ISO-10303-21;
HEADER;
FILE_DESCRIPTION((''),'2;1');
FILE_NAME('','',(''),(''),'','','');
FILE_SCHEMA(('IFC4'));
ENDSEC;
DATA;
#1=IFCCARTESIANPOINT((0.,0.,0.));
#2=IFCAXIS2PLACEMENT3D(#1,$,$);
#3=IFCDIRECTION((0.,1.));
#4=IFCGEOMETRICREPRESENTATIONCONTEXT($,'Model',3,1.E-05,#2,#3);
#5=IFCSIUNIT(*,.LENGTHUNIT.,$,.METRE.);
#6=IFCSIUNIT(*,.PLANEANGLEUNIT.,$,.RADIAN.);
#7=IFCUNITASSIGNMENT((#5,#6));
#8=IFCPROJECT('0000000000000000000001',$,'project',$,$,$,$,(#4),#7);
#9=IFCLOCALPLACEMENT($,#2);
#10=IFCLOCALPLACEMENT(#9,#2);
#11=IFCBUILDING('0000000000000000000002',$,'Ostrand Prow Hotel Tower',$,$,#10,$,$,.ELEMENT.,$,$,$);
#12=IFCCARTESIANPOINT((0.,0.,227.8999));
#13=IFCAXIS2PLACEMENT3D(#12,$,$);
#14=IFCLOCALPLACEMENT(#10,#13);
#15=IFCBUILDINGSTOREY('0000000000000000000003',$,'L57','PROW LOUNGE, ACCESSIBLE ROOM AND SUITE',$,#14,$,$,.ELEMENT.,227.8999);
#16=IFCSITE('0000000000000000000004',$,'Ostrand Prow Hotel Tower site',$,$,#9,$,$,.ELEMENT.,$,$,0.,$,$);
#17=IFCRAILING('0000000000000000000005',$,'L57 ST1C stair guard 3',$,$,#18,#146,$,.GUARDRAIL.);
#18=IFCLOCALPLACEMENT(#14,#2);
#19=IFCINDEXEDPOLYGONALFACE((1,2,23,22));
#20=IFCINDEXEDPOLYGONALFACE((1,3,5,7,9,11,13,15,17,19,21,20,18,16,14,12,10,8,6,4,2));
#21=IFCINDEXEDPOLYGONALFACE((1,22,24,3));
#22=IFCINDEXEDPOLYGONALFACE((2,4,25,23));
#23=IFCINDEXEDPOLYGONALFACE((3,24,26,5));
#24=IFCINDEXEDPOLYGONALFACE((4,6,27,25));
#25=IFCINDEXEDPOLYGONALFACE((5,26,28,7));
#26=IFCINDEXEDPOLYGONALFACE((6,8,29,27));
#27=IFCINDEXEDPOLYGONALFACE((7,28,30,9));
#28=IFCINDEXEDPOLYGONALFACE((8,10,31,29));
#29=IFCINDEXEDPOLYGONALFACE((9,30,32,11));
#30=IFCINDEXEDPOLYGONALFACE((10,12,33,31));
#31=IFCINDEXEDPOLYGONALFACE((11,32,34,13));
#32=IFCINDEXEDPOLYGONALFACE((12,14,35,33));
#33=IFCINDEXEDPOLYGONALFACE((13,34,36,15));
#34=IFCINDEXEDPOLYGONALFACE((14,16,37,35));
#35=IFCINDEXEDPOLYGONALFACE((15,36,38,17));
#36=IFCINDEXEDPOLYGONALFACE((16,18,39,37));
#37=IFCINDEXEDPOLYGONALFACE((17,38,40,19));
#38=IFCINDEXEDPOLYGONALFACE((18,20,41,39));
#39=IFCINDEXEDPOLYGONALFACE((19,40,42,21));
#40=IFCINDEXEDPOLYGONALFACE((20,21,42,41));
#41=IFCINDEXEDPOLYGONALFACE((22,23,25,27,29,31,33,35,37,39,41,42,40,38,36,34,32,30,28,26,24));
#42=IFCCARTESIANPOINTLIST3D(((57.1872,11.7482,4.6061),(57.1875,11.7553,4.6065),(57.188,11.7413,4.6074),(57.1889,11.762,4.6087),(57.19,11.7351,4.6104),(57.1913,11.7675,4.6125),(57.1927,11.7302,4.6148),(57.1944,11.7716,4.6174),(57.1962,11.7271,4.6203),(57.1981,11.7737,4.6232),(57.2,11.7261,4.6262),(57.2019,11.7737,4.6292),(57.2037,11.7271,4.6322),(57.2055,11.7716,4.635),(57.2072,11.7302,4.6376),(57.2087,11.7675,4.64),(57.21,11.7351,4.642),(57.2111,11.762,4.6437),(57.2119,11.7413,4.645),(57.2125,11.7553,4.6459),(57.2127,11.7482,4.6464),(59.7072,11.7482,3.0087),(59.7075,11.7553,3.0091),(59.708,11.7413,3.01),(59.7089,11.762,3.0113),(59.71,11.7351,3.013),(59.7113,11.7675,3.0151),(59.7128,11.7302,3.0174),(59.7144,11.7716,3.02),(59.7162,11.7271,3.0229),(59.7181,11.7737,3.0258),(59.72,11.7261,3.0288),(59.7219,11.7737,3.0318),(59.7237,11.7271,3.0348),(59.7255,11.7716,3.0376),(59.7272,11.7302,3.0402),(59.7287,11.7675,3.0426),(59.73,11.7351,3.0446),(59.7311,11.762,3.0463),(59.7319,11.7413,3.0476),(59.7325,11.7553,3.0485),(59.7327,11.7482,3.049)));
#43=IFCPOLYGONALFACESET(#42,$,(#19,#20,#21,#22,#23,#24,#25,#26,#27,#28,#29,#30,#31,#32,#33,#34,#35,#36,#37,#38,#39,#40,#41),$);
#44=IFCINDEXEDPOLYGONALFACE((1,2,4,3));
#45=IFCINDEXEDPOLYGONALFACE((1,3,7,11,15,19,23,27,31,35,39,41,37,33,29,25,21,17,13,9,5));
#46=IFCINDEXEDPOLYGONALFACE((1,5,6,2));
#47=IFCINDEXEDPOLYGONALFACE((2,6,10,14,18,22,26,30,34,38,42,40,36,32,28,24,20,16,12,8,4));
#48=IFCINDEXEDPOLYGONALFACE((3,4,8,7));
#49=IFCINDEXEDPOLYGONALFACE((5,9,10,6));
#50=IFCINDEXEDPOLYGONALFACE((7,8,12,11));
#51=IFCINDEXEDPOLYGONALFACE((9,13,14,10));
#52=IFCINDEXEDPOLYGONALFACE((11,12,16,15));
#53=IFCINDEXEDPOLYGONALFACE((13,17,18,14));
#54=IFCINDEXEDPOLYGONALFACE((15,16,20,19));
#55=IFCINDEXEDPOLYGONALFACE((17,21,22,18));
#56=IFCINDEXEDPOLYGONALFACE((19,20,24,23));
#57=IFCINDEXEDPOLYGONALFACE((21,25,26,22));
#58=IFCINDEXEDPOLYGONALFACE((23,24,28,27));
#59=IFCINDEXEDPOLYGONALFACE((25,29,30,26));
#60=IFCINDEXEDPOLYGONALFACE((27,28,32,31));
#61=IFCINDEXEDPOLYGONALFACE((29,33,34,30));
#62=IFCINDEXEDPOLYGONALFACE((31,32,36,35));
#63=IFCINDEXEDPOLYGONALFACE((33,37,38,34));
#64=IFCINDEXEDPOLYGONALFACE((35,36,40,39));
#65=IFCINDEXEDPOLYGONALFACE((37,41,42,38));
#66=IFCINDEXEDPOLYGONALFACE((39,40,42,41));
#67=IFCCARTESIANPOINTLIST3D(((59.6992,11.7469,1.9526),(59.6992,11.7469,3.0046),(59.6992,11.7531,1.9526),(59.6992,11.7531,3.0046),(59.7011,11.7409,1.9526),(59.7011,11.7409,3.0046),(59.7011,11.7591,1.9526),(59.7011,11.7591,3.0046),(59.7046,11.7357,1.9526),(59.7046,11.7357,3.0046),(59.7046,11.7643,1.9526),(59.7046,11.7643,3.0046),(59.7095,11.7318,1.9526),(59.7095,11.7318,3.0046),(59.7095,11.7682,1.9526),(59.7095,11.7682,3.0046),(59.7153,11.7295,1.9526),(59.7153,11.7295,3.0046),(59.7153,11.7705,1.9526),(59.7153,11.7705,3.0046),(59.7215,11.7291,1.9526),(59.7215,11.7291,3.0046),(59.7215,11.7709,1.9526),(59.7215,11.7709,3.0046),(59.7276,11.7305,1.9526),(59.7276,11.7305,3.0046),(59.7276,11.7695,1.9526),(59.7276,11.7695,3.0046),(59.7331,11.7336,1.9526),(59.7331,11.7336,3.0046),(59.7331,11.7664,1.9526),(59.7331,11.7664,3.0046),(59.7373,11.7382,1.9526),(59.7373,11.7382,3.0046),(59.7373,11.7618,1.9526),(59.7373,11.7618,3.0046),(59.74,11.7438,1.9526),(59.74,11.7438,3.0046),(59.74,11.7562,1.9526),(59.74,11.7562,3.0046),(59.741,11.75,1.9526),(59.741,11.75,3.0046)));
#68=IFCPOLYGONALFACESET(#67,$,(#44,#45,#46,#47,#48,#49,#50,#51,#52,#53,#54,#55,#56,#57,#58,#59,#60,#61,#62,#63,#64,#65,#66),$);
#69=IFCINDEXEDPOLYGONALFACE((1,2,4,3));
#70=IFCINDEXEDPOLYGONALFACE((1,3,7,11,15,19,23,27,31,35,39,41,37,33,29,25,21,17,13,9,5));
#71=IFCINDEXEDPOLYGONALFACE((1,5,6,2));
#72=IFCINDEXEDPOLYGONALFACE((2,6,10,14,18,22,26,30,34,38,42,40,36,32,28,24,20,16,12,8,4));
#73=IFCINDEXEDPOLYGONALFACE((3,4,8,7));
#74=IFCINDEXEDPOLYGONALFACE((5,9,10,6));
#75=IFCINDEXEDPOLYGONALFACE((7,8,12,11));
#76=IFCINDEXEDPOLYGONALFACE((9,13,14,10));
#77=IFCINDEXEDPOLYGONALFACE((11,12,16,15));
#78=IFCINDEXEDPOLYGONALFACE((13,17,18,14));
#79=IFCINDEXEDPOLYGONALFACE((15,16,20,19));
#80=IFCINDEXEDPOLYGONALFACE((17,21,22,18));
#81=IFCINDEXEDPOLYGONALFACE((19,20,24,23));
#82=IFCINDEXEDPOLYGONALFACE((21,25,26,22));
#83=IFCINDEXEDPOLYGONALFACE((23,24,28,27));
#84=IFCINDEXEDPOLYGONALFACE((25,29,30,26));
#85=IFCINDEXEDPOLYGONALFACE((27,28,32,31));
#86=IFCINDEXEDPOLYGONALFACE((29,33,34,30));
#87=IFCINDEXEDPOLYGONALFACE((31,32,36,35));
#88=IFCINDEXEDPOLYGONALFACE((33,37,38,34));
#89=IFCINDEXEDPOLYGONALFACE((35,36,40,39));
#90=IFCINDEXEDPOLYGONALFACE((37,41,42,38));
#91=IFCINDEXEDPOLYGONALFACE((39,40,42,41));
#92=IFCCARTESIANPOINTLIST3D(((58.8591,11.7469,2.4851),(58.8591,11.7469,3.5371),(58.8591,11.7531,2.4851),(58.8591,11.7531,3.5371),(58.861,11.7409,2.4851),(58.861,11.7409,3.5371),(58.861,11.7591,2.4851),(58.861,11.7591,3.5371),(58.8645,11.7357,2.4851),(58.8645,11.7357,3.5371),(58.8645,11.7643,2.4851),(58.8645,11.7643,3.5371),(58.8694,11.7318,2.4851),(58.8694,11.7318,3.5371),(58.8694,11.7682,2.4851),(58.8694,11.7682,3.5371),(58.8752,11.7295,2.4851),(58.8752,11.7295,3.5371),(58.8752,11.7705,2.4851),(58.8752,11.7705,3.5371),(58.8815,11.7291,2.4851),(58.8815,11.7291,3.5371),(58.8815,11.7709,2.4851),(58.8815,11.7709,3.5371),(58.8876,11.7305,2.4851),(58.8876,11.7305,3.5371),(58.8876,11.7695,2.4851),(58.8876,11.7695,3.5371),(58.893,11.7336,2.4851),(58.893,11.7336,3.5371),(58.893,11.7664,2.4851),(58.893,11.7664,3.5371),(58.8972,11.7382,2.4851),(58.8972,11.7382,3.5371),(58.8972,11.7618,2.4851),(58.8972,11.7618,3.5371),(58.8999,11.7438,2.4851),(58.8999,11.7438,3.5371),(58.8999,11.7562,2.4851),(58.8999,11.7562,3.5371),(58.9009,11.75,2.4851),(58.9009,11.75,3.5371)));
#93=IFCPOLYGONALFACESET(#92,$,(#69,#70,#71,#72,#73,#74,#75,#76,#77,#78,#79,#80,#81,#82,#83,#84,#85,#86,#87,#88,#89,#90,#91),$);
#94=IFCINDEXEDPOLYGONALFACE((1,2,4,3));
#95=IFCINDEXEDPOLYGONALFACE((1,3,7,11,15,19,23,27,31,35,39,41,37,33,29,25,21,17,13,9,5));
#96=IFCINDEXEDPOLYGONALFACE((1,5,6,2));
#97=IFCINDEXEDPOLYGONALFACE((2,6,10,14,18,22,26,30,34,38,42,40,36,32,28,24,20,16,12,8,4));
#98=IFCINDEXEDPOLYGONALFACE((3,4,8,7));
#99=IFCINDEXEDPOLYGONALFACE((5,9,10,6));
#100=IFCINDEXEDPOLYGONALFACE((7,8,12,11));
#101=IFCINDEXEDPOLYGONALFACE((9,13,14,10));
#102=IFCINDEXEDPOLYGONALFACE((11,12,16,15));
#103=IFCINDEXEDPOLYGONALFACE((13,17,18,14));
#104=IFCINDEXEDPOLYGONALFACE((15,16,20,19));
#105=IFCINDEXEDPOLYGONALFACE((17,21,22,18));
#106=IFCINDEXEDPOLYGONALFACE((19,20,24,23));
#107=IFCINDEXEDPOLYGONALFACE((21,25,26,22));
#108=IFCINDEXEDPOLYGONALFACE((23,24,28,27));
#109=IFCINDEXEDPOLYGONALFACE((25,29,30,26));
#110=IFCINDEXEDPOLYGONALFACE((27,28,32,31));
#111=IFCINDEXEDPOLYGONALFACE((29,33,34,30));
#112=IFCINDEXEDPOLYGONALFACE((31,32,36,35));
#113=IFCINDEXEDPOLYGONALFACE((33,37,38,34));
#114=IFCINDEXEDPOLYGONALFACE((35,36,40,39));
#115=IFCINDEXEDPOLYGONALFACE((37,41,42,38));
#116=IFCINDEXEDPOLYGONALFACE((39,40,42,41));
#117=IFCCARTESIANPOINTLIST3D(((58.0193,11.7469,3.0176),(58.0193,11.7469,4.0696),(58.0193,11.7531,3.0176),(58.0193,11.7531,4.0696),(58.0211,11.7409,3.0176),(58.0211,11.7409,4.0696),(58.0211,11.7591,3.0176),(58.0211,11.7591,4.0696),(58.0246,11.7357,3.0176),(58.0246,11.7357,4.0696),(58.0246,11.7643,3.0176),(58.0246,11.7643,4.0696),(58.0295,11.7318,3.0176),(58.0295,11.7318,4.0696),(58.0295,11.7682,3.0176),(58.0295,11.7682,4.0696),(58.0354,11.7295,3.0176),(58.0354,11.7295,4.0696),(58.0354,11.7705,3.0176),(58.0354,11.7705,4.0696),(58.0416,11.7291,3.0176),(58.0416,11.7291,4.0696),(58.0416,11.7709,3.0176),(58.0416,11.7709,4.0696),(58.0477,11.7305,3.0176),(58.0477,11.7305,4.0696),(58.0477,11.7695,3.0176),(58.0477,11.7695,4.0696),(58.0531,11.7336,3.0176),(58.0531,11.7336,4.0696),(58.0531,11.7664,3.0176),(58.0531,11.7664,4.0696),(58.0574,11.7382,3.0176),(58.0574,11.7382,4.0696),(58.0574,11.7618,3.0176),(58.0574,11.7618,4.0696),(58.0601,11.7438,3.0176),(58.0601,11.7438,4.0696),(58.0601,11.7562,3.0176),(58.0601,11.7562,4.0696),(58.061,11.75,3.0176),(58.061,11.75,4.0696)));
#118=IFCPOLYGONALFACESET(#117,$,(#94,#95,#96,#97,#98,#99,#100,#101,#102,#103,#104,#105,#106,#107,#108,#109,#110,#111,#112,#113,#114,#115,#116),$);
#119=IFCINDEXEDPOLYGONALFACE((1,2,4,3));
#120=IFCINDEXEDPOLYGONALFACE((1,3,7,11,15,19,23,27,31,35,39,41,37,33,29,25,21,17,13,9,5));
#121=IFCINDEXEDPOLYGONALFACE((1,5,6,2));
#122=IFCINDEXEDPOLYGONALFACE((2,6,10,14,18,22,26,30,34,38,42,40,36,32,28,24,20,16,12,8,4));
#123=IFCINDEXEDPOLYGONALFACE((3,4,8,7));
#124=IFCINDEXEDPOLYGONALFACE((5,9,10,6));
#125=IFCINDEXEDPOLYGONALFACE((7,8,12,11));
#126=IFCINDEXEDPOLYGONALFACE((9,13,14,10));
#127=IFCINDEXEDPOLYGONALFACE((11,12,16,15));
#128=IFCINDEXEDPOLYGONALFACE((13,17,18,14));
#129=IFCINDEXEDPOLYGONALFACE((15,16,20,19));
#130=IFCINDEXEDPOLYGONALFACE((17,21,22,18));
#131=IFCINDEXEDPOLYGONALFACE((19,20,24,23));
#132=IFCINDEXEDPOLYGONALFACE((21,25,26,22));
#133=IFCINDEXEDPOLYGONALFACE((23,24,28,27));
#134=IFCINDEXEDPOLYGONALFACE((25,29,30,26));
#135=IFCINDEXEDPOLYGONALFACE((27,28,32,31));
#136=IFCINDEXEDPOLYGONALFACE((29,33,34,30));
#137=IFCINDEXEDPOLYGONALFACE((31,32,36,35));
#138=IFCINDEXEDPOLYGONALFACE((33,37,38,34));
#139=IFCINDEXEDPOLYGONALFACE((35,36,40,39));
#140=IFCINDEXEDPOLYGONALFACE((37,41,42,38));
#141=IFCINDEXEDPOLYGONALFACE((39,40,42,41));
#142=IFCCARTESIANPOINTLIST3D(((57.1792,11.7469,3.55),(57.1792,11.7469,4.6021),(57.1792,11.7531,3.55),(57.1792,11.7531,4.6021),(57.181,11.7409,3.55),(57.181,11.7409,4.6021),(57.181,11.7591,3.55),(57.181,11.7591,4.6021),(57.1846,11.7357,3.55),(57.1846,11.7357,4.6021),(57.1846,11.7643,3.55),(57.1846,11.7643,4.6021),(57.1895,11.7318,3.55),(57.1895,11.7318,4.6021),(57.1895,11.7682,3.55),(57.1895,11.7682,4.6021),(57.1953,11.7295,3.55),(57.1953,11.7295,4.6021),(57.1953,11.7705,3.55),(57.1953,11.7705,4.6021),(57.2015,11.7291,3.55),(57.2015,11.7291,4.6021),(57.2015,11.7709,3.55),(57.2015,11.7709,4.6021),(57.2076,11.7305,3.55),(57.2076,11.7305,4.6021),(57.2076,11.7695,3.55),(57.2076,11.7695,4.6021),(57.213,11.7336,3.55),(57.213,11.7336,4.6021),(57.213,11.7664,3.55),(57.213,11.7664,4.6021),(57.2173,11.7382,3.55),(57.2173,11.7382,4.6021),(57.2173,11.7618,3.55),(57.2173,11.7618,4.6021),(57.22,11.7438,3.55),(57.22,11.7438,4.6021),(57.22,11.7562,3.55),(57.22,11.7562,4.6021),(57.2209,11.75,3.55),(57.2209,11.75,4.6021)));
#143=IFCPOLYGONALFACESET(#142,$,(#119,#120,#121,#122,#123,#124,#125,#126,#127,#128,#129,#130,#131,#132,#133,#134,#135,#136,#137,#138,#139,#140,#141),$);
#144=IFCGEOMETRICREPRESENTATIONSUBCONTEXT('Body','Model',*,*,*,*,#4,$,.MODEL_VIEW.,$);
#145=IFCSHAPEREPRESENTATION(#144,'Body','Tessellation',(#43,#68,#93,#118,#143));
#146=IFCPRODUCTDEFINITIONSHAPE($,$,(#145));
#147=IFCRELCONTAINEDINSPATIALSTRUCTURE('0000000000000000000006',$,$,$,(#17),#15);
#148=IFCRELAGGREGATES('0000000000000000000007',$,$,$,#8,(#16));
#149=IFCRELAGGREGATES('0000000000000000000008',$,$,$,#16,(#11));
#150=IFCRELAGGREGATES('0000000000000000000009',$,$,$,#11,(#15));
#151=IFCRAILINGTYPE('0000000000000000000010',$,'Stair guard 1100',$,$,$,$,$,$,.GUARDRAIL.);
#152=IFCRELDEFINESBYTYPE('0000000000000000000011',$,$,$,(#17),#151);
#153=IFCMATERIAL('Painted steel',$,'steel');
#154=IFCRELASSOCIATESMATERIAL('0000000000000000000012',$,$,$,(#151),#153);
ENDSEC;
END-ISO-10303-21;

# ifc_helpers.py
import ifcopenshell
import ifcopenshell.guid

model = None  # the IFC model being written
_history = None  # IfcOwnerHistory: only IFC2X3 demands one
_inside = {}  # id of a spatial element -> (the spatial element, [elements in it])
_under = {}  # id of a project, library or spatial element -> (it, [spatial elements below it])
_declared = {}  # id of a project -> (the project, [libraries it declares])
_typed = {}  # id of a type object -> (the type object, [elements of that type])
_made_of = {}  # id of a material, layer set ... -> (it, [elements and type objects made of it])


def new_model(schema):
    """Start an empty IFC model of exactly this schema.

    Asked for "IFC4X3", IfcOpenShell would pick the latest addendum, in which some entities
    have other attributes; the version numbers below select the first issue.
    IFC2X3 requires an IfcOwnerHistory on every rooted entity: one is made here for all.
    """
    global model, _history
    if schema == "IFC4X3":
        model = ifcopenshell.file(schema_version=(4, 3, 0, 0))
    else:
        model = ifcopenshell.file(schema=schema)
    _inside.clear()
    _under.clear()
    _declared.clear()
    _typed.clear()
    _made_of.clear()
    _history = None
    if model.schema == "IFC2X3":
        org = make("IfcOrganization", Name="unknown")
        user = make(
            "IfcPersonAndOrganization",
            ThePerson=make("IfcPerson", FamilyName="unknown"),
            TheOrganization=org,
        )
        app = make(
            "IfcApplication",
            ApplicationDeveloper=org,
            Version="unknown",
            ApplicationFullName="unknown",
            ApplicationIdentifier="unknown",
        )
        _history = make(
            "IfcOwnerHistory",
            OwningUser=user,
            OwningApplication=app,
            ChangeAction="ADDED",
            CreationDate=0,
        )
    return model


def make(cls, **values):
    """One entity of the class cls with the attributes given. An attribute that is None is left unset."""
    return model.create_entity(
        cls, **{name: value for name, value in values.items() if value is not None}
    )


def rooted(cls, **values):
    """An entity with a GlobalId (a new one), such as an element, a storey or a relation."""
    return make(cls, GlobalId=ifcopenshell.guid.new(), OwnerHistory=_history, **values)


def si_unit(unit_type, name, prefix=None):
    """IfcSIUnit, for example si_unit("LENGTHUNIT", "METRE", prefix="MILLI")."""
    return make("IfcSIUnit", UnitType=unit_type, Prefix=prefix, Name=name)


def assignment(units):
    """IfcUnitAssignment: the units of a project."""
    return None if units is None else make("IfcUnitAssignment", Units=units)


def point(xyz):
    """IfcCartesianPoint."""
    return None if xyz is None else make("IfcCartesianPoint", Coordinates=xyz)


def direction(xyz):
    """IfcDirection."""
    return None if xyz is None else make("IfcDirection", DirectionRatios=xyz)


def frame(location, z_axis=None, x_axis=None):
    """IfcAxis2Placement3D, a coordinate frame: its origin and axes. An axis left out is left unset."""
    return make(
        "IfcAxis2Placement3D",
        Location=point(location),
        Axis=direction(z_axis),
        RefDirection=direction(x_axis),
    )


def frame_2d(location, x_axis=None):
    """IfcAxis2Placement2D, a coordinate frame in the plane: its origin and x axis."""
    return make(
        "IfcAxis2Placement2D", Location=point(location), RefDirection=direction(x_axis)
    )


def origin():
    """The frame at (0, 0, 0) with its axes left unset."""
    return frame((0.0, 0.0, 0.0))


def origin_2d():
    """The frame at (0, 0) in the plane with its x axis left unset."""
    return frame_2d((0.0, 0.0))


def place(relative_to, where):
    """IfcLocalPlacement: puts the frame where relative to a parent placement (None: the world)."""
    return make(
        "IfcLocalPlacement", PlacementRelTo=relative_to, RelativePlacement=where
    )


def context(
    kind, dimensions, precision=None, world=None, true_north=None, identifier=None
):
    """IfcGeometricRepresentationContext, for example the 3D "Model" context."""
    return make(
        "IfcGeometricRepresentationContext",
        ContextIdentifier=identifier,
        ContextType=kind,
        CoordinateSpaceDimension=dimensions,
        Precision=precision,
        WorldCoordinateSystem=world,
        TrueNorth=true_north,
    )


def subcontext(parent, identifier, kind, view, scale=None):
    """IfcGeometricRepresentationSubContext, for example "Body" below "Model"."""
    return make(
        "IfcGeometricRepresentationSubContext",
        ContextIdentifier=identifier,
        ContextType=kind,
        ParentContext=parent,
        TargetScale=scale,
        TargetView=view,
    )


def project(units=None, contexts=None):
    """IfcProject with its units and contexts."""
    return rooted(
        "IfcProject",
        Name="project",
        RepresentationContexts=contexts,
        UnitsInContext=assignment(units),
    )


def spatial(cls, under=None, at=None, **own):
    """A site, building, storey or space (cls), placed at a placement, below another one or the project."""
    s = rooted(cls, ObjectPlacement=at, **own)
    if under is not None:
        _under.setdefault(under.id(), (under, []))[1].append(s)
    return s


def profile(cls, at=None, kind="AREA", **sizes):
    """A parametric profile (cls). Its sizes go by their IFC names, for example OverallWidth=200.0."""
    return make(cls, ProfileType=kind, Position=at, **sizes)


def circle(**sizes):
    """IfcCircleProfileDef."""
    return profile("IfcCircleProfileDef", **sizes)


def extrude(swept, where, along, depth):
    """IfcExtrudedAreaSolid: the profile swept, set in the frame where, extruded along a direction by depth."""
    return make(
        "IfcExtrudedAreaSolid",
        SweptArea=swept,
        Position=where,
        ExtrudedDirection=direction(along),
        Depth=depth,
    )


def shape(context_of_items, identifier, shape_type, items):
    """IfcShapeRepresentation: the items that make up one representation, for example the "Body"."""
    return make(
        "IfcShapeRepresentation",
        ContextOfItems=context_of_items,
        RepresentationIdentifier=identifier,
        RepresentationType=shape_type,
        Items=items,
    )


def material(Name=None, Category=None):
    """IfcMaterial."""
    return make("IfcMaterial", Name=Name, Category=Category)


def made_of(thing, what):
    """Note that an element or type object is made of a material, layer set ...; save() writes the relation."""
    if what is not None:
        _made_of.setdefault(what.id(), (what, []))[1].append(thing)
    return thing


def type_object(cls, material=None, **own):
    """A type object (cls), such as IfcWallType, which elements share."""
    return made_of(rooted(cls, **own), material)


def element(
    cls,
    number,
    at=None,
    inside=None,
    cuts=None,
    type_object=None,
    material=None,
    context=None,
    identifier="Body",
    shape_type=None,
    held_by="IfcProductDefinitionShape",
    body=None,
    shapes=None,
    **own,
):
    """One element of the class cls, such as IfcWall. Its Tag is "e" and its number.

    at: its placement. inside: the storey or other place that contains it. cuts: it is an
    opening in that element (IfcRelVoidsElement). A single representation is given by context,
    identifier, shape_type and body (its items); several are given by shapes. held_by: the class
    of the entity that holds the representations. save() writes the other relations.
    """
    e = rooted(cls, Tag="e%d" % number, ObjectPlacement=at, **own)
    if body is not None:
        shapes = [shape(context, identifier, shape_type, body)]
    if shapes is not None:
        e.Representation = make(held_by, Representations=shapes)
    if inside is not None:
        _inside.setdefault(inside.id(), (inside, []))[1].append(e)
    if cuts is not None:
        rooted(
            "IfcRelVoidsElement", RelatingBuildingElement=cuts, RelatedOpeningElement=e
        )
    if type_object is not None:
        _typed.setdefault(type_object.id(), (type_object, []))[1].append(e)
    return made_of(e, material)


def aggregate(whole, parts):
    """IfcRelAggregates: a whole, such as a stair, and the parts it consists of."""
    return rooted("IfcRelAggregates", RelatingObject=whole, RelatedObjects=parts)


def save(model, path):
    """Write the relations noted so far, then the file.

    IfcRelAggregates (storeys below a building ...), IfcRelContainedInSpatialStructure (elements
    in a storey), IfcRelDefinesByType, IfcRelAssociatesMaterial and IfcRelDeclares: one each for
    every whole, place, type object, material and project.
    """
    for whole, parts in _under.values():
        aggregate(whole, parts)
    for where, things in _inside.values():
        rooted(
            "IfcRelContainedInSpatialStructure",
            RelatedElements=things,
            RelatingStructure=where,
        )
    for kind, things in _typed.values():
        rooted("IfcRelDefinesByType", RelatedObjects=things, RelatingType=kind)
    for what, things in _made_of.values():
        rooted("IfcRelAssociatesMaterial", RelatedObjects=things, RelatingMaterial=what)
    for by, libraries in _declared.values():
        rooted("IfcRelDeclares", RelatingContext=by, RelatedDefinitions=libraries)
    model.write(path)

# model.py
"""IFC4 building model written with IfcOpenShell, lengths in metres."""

from ifc_helpers import new_model, si_unit, direction, frame, origin, origin_2d, place, context, subcontext, project, spatial, circle, extrude, material, type_object, element, save


model = new_model("IFC4")

# Units and contexts
model_context = context("Model", 3, precision=1e-05, world=origin(), true_north=direction((0.0, 1.0)))
body_context = subcontext(model_context, "Body", "Model", "MODEL_VIEW")
ifc_project = project(units=[si_unit("LENGTHUNIT", "METRE"), si_unit("PLANEANGLEUNIT", "RADIAN")], contexts=[model_context])

# Site, building, storey
site_placement = place(None, origin())
site = spatial("IfcSite", under=ifc_project, at=site_placement, Name="Ostrand Prow Hotel Tower site", CompositionType="ELEMENT", RefElevation=0.0)
building_placement = place(site_placement, origin())
building = spatial("IfcBuilding", under=site, at=building_placement, Name="Ostrand Prow Hotel Tower", CompositionType="ELEMENT")
storey_placement = place(building_placement, frame((0.0, 0.0, 227.8999)))
storey = spatial("IfcBuildingStorey", under=building, at=storey_placement, Name="L57", Description="PROW LOUNGE, ACCESSIBLE ROOM AND SUITE", CompositionType="ELEMENT", Elevation=227.8999)

# Railing
ifc_material_1 = material(Name="Painted steel", Category="steel")
railing_type_1 = type_object("IfcRailingType", Name="Stair guard 1100", PredefinedType="GUARDRAIL", material=ifc_material_1)
railing_1_placement = place(storey_placement, frame((59.72, 11.75, 1.9526)))
element("IfcRailing", 1, at=railing_1_placement, inside=storey, type_object=railing_type_1, Name="L57 ST1C stair guard 3", PredefinedType="GUARDRAIL", context=body_context, shape_type="SweptSolid", body=[
    extrude(circle(Radius=0.0239, at=origin_2d()), frame((0.0, 0.0, 1.0762), z_axis=(-0.844607, 0.0, 0.535387), x_axis=(0.0, -1.0, 0.0)), (0.0, 0.0, 1.0), 2.9836),
    extrude(circle(Radius=0.021, at=origin_2d()), origin(), (0.0, 0.0, 1.0), 1.052),
    extrude(circle(Radius=0.021, at=origin_2d()), frame((-0.8401, 0.0, 0.5325)), (0.0, 0.0, 1.0), 1.052),
    extrude(circle(Radius=0.021, at=origin_2d()), frame((-1.6799, 0.0, 1.0649)), (0.0, 0.0, 1.0), 1.052),
    extrude(circle(Radius=0.021, at=origin_2d()), frame((-2.52, 0.0, 1.5974)), (0.0, 0.0, 1.0), 1.052),
])

save(model, "model.ifc")
